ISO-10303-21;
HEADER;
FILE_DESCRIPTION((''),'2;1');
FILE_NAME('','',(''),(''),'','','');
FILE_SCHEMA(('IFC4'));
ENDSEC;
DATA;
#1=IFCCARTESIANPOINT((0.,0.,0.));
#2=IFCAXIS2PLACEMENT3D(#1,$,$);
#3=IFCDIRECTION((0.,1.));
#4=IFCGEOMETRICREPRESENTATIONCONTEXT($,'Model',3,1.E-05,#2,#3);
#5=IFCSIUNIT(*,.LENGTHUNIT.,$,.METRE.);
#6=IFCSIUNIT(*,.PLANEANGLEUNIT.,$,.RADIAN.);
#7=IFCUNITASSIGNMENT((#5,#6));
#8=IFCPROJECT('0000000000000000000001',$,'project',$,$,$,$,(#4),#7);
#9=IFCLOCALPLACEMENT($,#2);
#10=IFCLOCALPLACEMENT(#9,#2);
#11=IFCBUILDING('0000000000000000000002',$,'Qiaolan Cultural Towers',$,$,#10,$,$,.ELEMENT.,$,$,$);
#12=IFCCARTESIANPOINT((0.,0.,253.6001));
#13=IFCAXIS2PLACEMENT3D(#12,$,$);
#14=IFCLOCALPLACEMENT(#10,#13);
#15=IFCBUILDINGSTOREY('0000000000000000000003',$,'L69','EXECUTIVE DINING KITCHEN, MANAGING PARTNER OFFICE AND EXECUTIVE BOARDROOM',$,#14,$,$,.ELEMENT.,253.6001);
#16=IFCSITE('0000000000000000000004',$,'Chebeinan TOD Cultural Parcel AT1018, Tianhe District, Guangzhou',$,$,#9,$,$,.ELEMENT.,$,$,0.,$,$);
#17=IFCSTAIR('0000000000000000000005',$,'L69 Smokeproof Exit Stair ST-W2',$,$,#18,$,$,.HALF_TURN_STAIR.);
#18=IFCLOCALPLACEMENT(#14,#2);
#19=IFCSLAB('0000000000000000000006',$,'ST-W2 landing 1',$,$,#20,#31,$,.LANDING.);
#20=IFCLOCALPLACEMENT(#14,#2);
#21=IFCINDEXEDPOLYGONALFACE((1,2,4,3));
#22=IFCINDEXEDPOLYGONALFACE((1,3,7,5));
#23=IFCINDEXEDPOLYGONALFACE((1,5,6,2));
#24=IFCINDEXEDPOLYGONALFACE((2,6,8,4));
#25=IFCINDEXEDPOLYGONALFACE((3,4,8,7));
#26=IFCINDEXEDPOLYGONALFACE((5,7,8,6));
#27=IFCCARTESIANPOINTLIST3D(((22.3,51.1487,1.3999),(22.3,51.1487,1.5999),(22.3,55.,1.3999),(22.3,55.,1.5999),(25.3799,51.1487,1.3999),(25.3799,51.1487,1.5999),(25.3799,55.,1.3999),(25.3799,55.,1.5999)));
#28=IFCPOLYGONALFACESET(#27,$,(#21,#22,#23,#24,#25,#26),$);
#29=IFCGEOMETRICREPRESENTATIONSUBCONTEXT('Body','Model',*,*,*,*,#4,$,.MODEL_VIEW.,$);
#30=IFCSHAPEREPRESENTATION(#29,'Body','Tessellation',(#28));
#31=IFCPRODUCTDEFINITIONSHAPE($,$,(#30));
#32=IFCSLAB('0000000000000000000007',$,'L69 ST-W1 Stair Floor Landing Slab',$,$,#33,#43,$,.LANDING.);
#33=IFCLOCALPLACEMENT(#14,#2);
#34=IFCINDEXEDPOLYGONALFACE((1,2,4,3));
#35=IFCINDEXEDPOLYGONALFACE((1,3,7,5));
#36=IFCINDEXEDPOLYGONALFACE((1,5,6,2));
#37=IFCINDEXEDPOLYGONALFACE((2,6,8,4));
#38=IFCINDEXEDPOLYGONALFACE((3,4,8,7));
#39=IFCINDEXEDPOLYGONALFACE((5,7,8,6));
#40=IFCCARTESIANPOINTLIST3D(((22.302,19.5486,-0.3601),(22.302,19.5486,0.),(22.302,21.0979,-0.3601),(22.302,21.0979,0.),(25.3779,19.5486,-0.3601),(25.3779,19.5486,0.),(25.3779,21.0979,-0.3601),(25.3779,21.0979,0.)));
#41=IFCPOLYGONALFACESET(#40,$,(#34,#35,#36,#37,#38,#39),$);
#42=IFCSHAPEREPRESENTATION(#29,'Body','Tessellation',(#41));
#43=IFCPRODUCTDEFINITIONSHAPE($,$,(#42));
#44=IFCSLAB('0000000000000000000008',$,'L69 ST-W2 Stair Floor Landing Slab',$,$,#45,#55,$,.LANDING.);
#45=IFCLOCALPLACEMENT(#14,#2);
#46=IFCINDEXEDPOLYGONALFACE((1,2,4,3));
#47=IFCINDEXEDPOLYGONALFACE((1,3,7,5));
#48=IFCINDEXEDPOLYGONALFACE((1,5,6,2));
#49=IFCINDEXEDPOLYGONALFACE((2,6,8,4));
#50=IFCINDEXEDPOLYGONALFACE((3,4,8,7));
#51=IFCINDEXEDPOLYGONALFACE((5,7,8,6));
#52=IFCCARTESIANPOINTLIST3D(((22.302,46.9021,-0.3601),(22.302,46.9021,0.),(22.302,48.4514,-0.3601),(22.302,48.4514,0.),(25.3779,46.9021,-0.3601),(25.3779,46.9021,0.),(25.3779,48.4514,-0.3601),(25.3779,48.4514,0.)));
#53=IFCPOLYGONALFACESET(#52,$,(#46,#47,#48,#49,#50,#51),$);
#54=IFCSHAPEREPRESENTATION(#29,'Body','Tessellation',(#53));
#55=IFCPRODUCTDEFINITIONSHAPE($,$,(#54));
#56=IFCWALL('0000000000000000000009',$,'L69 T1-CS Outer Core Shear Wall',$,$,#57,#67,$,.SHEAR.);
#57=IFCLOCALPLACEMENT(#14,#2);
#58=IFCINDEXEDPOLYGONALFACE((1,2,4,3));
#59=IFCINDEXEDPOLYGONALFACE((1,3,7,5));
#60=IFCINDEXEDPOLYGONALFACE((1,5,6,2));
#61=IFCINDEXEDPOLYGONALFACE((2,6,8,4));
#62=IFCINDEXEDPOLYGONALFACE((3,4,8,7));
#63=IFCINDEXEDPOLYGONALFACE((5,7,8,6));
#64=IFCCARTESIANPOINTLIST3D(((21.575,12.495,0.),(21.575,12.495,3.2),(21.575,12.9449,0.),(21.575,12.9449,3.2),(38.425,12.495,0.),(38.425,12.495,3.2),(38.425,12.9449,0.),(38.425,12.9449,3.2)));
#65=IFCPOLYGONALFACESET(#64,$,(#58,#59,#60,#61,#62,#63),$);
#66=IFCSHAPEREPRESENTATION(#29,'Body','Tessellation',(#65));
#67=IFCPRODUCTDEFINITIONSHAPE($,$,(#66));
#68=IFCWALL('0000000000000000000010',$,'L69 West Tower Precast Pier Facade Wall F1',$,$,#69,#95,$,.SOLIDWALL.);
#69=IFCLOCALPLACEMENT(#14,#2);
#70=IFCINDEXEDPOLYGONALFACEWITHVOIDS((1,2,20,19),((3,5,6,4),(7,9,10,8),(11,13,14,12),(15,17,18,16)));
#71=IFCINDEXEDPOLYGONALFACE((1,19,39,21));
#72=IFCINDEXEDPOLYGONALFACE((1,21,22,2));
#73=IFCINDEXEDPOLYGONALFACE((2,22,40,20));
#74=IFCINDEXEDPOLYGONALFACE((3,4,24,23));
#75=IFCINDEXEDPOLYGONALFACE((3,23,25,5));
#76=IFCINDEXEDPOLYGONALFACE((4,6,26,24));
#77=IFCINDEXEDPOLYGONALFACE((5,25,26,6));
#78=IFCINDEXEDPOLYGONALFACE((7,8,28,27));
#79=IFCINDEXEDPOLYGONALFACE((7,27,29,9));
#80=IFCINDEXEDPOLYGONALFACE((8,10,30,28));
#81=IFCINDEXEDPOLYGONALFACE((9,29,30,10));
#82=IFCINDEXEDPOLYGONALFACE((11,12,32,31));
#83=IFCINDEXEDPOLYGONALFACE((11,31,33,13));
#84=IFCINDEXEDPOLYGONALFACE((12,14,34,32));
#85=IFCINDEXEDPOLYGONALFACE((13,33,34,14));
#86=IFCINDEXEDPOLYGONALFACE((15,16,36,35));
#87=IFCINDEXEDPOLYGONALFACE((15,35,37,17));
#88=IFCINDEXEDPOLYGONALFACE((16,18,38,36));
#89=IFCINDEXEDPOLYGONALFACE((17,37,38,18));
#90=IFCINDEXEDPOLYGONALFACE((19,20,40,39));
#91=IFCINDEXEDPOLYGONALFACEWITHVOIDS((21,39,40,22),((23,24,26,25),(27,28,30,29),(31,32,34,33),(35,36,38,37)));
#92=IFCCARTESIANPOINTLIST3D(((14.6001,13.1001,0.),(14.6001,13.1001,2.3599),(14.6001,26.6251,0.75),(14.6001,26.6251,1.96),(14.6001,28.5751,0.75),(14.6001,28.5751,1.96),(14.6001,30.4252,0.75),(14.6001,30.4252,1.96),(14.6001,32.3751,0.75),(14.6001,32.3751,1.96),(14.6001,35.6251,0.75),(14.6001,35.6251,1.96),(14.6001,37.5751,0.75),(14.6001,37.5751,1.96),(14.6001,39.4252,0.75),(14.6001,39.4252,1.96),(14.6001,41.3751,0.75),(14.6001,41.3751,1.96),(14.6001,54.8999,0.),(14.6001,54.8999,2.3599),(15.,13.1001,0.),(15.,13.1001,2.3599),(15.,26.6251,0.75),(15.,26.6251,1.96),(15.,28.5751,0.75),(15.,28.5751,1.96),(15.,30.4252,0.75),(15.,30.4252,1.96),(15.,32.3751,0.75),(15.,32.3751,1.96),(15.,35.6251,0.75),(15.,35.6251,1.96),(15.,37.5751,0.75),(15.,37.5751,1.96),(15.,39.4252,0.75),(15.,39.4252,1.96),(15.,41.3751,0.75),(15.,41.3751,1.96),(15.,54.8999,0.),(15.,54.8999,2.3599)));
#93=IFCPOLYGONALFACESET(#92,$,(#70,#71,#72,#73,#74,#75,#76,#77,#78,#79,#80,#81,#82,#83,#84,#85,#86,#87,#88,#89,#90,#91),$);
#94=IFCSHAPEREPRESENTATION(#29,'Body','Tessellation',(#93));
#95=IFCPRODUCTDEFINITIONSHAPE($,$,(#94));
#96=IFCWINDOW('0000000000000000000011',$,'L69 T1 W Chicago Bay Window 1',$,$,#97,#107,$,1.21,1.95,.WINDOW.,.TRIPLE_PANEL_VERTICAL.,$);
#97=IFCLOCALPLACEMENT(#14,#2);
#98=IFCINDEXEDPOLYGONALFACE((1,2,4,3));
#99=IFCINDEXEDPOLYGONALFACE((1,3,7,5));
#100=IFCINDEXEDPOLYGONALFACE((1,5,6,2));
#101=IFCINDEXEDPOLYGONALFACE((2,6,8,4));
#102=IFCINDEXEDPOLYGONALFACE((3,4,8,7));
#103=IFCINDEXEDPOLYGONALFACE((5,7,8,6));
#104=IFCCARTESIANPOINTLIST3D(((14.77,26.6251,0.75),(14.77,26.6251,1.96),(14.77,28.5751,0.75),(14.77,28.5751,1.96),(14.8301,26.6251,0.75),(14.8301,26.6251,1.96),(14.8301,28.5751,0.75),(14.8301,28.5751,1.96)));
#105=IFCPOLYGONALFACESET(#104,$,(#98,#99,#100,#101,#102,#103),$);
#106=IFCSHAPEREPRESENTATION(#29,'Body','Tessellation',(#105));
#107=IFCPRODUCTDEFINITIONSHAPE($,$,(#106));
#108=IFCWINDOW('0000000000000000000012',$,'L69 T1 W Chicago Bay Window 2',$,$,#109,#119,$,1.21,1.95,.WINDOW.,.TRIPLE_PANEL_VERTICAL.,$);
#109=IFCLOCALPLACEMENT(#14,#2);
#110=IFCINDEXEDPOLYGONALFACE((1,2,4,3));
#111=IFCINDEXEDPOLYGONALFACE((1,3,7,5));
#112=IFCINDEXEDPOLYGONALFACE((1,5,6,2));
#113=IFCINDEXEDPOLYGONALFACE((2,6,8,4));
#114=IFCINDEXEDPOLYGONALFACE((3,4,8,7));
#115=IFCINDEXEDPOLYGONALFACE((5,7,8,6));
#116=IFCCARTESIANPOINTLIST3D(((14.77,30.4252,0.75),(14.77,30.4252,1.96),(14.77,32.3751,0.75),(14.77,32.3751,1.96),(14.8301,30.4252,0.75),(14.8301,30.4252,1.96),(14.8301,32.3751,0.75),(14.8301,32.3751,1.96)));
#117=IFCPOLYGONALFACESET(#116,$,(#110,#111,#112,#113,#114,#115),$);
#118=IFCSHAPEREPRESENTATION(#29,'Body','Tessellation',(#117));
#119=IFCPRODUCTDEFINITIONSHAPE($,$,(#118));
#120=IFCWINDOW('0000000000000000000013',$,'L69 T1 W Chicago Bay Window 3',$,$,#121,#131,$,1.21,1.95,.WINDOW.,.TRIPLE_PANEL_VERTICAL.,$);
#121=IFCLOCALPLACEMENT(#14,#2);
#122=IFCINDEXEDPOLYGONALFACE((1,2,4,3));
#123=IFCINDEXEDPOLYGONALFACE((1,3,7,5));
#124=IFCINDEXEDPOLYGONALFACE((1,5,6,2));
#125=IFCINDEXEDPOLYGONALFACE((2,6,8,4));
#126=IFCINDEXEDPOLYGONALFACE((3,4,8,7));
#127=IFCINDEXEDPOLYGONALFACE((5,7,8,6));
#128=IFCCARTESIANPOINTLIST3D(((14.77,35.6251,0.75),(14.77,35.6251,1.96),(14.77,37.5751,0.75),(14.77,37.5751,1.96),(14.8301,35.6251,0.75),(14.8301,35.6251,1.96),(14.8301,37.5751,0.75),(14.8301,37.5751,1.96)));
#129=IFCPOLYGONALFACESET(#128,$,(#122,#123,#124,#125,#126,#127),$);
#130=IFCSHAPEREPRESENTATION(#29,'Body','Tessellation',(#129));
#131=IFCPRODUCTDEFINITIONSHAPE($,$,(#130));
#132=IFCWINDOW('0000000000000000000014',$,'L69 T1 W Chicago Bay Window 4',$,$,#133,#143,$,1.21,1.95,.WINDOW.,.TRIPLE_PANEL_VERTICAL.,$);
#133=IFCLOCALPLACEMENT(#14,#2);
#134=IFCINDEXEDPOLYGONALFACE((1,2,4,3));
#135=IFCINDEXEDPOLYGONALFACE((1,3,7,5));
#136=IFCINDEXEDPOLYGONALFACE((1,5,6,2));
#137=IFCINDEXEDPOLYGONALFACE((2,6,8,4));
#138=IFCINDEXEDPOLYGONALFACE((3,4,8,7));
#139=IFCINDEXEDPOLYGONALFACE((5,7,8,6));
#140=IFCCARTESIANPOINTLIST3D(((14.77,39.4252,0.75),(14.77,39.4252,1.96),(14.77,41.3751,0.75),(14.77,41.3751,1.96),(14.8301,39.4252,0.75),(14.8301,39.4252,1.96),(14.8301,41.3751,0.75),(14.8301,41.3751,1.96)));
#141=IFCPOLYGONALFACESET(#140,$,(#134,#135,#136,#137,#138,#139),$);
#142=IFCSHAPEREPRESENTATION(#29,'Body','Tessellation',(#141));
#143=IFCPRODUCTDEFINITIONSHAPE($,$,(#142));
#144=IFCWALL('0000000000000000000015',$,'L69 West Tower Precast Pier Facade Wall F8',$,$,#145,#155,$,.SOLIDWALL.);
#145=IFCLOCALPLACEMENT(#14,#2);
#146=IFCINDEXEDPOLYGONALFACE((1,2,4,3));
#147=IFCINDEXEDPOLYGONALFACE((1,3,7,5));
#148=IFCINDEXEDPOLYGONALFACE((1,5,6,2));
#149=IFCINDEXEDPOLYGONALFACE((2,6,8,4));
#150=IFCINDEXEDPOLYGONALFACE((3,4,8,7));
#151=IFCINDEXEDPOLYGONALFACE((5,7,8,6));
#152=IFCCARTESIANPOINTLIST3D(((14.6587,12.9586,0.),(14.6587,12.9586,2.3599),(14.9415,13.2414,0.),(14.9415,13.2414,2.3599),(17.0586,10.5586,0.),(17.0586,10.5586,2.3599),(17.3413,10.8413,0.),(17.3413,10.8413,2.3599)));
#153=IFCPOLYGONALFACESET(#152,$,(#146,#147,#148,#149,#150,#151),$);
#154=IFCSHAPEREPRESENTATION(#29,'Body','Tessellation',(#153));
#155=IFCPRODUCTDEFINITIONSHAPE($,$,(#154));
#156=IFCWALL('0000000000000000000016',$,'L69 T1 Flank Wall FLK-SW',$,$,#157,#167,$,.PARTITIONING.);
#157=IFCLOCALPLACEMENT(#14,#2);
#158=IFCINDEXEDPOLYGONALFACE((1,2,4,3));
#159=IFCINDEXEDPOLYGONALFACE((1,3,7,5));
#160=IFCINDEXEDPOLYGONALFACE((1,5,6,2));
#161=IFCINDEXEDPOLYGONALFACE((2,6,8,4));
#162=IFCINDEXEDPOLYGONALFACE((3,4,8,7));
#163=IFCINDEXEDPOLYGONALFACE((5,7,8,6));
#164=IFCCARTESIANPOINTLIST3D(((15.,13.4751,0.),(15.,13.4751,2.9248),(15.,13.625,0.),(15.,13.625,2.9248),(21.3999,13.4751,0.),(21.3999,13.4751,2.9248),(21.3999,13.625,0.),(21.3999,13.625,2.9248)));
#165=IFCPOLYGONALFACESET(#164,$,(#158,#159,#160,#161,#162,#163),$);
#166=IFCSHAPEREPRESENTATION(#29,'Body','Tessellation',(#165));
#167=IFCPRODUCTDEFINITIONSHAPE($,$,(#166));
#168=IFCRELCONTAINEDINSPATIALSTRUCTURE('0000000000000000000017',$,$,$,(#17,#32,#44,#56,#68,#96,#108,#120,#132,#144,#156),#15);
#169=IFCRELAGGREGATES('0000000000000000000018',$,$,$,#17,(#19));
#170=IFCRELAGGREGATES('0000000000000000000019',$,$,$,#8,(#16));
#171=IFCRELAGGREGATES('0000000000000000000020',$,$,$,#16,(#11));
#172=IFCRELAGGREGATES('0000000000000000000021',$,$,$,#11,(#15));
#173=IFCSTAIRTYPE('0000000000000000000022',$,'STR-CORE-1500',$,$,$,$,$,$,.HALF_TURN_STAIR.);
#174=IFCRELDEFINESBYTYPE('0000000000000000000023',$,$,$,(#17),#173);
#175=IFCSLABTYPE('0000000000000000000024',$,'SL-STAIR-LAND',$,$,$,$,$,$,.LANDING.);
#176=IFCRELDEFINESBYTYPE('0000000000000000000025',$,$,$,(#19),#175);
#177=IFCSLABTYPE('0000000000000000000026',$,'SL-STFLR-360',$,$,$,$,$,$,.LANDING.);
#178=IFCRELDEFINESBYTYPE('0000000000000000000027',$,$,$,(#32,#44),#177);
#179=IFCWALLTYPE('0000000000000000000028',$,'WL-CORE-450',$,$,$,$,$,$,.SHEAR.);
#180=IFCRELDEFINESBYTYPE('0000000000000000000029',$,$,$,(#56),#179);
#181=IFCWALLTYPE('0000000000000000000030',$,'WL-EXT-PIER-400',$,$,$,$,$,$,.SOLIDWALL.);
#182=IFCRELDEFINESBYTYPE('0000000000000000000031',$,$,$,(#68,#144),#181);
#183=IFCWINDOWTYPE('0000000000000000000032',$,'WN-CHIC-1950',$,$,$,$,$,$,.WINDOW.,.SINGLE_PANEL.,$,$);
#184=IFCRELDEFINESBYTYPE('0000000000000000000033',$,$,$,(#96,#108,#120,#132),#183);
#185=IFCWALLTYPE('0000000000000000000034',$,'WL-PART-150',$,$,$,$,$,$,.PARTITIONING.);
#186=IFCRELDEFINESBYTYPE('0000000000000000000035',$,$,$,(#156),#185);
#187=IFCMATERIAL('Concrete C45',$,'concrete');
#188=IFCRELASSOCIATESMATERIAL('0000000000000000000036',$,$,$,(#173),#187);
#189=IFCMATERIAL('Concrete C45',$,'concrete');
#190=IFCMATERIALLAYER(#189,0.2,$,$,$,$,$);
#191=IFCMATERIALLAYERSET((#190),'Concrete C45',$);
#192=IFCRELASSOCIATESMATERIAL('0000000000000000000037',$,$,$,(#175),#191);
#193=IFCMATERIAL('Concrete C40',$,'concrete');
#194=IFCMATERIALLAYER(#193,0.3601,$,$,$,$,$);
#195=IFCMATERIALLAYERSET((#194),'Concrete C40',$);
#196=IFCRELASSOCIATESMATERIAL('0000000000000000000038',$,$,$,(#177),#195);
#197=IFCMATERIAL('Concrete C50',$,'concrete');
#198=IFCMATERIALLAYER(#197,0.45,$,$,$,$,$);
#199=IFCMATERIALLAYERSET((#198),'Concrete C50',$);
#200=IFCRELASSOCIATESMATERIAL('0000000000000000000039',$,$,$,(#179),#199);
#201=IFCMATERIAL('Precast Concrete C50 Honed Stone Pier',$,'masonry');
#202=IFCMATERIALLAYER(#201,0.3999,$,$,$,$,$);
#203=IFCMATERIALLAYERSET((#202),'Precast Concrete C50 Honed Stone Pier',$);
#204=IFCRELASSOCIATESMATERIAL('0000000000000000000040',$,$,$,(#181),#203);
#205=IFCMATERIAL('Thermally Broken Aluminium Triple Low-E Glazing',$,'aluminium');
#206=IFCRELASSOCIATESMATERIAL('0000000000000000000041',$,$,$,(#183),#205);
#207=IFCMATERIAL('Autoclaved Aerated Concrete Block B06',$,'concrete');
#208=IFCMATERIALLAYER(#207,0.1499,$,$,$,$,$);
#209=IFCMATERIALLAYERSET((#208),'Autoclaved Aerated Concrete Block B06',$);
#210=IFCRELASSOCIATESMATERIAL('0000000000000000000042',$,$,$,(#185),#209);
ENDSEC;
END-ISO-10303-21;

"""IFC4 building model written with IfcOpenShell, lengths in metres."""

from ifc_helpers import new_model, si_unit, direction, frame, frame_2d, origin, place, context, subcontext, project, spatial, polyline, rectangle, outline, extrude, material, layer, layer_set, type_object, element, fill, aggregate, save


model = new_model("IFC4")

# Units and contexts
model_context = context("Model", 3, precision=1e-05, world=origin(), true_north=direction((0.0, 1.0)))
body_context = subcontext(model_context, "Body", "Model", "MODEL_VIEW")
ifc_project = project(units=[si_unit("LENGTHUNIT", "METRE"), si_unit("PLANEANGLEUNIT", "RADIAN")], contexts=[model_context])

# Site, building, storey
site_placement = place(None, origin())
site = spatial("IfcSite", under=ifc_project, at=site_placement, Name="Chebeinan TOD Cultural Parcel AT1018, Tianhe District, Guangzhou", CompositionType="ELEMENT", RefElevation=0.0)
building_placement = place(site_placement, origin())
building = spatial("IfcBuilding", under=site, at=building_placement, Name="Qiaolan Cultural Towers", CompositionType="ELEMENT")
storey_placement = place(building_placement, frame((0.0, 0.0, 253.6001)))
storey = spatial("IfcBuildingStorey", under=building, at=storey_placement, Name="L69", Description="EXECUTIVE DINING KITCHEN, MANAGING PARTNER OFFICE AND EXECUTIVE BOARDROOM", CompositionType="ELEMENT", Elevation=253.6001)

# Stair, slab
ifc_material_1 = material(Name="Concrete C45", Category="concrete")
stair_type = type_object("IfcStairType", Name="STR-CORE-1500", PredefinedType="HALF_TURN_STAIR", material=ifc_material_1)
ifc_material_2 = material(Name="Concrete C45", Category="concrete")
ifc_layer_1 = layer(ifc_material_2, 0.2)
ifc_layer_set_1 = layer_set([ifc_layer_1], Name="Concrete C45")
slab_type_1 = type_object("IfcSlabType", Name="SL-STAIR-LAND", PredefinedType="LANDING", material=ifc_layer_set_1)
stair_1_placement = place(storey_placement, origin())
stair_1 = element("IfcStair", 1, at=stair_1_placement, inside=storey, type_object=stair_type, Name="L69 Smokeproof Exit Stair ST-W2", PredefinedType="HALF_TURN_STAIR")
slab_1_placement = place(storey_placement, frame((0.0, 0.0, 1.3999)))
slab_1 = element("IfcSlab", 2, at=slab_1_placement, type_object=slab_type_1, Name="ST-W2 landing 1", PredefinedType="LANDING", context=body_context, shape_type="SweptSolid", body=[
    extrude(outline(polyline([(25.3799, 51.1487), (25.3799, 55.0), (22.3, 55.0), (22.3, 51.1487), (25.3799, 51.1487)])), origin(), (0.0, 0.0, 1.0), 0.2),
])
aggregate(stair_1, [slab_1])

# Slabs
ifc_material_3 = material(Name="Concrete C40", Category="concrete")
ifc_layer_2 = layer(ifc_material_3, 0.3601)
ifc_layer_set_2 = layer_set([ifc_layer_2], Name="Concrete C40")
slab_type_2 = type_object("IfcSlabType", Name="SL-STFLR-360", PredefinedType="LANDING", material=ifc_layer_set_2)
slab_2_placement = place(storey_placement, frame((0.0, 0.0, -0.3601)))
element("IfcSlab", 3, at=slab_2_placement, inside=storey, type_object=slab_type_2, Name="L69 ST-W1 Stair Floor Landing Slab", PredefinedType="LANDING", context=body_context, shape_type="SweptSolid", body=[
    extrude(outline(polyline([(22.302, 21.0979), (22.302, 19.5486), (25.3779, 19.5486), (25.3779, 21.0979), (22.302, 21.0979)])), origin(), (0.0, 0.0, 1.0), 0.3601),
])
slab_3_placement = place(storey_placement, frame((0.0, 0.0, -0.3601)))
element("IfcSlab", 4, at=slab_3_placement, inside=storey, type_object=slab_type_2, Name="L69 ST-W2 Stair Floor Landing Slab", PredefinedType="LANDING", context=body_context, shape_type="SweptSolid", body=[
    extrude(outline(polyline([(25.3779, 46.9021), (25.3779, 48.4514), (22.302, 48.4514), (22.302, 46.9021), (25.3779, 46.9021)])), origin(), (0.0, 0.0, 1.0), 0.3601),
])

# Wall
ifc_material_4 = material(Name="Concrete C50", Category="concrete")
ifc_layer_3 = layer(ifc_material_4, 0.45)
ifc_layer_set_3 = layer_set([ifc_layer_3], Name="Concrete C50")
wall_type_1 = type_object("IfcWallType", Name="WL-CORE-450", PredefinedType="SHEAR", material=ifc_layer_set_3)
wall_1_placement = place(storey_placement, frame((21.575, 12.72, 0.0), z_axis=(0.0, 0.0, 1.0), x_axis=(1.0, 0.0, 0.0)))
element("IfcWall", 5, at=wall_1_placement, inside=storey, type_object=wall_type_1, Name="L69 T1-CS Outer Core Shear Wall", PredefinedType="SHEAR", context=body_context, shape_type="SweptSolid", body=[
    extrude(rectangle(XDim=16.8501, YDim=0.45, at=frame_2d((8.425, 0.0))), origin(), (0.0, 0.0, 1.0), 3.2),
])

# Wall, openings, windows
ifc_material_5 = material(Name="Precast Concrete C50 Honed Stone Pier", Category="masonry")
ifc_layer_4 = layer(ifc_material_5, 0.3999)
ifc_layer_set_4 = layer_set([ifc_layer_4], Name="Precast Concrete C50 Honed Stone Pier")
wall_type_2 = type_object("IfcWallType", Name="WL-EXT-PIER-400", PredefinedType="SOLIDWALL", material=ifc_layer_set_4)
wall_2_placement = place(storey_placement, frame((14.8, 13.1001, 0.0), z_axis=(0.0, 0.0, 1.0), x_axis=(0.0, 1.0, 0.0)))
wall_2 = element("IfcWall", 6, at=wall_2_placement, inside=storey, type_object=wall_type_2, Name="L69 West Tower Precast Pier Facade Wall F1", PredefinedType="SOLIDWALL", context=body_context, shape_type="SweptSolid", body=[
    extrude(rectangle(XDim=41.7998, YDim=0.3999, at=frame_2d((20.8999, 0.0))), origin(), (0.0, 0.0, 1.0), 2.3599),
])
opening_1_placement = place(wall_2_placement, frame((13.5249, 0.0, 0.75)))
opening_1 = element("IfcOpeningElement", 7, at=opening_1_placement, cuts=wall_2, PredefinedType="OPENING", context=body_context, shape_type="SweptSolid", body=[
    extrude(rectangle(XDim=1.95, YDim=1.21, at=frame_2d((0.9751, 0.605))), frame((0.0, 0.21, 0.0), z_axis=(0.0, -1.0, 0.0), x_axis=(1.0, 0.0, 0.0)), (0.0, 0.0, 1.0), 0.4199),
])
opening_2_placement = place(wall_2_placement, frame((17.325, 0.0, 0.75)))
opening_2 = element("IfcOpeningElement", 8, at=opening_2_placement, cuts=wall_2, PredefinedType="OPENING", context=body_context, shape_type="SweptSolid", body=[
    extrude(rectangle(XDim=1.95, YDim=1.21, at=frame_2d((0.9751, 0.605))), frame((0.0, 0.21, 0.0), z_axis=(0.0, -1.0, 0.0), x_axis=(1.0, 0.0, 0.0)), (0.0, 0.0, 1.0), 0.4199),
])
opening_3_placement = place(wall_2_placement, frame((22.5249, 0.0, 0.75)))
opening_3 = element("IfcOpeningElement", 9, at=opening_3_placement, cuts=wall_2, PredefinedType="OPENING", context=body_context, shape_type="SweptSolid", body=[
    extrude(rectangle(XDim=1.95, YDim=1.21, at=frame_2d((0.9751, 0.605))), frame((0.0, 0.21, 0.0), z_axis=(0.0, -1.0, 0.0), x_axis=(1.0, 0.0, 0.0)), (0.0, 0.0, 1.0), 0.4199),
])
opening_4_placement = place(wall_2_placement, frame((26.325, 0.0, 0.75)))
opening_4 = element("IfcOpeningElement", 10, at=opening_4_placement, cuts=wall_2, PredefinedType="OPENING", context=body_context, shape_type="SweptSolid", body=[
    extrude(rectangle(XDim=1.95, YDim=1.21, at=frame_2d((0.9751, 0.605))), frame((0.0, 0.21, 0.0), z_axis=(0.0, -1.0, 0.0), x_axis=(1.0, 0.0, 0.0)), (0.0, 0.0, 1.0), 0.4199),
])
ifc_material_6 = material(Name="Thermally Broken Aluminium Triple Low-E Glazing", Category="aluminium")
window_type = type_object("IfcWindowType", Name="WN-CHIC-1950", PartitioningType="SINGLE_PANEL", PredefinedType="WINDOW", material=ifc_material_6)
window_1_placement = place(opening_1_placement, origin())
window_1 = element("IfcWindow", 11, at=window_1_placement, inside=storey, type_object=window_type, Name="L69 T1 W Chicago Bay Window 1", OverallHeight=1.21, OverallWidth=1.95, PartitioningType="TRIPLE_PANEL_VERTICAL", PredefinedType="WINDOW", context=body_context, shape_type="SweptSolid", body=[
    extrude(rectangle(XDim=1.95, YDim=1.21, at=frame_2d((0.9751, 0.605))), frame((0.0, 0.03, 0.0), z_axis=(0.0, -1.0, 0.0), x_axis=(1.0, 0.0, 0.0)), (0.0, 0.0, 1.0), 0.0601),
])
fill(opening_1, window_1)
window_2_placement = place(opening_2_placement, origin())
window_2 = element("IfcWindow", 12, at=window_2_placement, inside=storey, type_object=window_type, Name="L69 T1 W Chicago Bay Window 2", OverallHeight=1.21, OverallWidth=1.95, PartitioningType="TRIPLE_PANEL_VERTICAL", PredefinedType="WINDOW", context=body_context, shape_type="SweptSolid", body=[
    extrude(rectangle(XDim=1.95, YDim=1.21, at=frame_2d((0.9751, 0.605))), frame((0.0, 0.03, 0.0), z_axis=(0.0, -1.0, 0.0), x_axis=(1.0, 0.0, 0.0)), (0.0, 0.0, 1.0), 0.0601),
])
fill(opening_2, window_2)
window_3_placement = place(opening_3_placement, origin())
window_3 = element("IfcWindow", 13, at=window_3_placement, inside=storey, type_object=window_type, Name="L69 T1 W Chicago Bay Window 3", OverallHeight=1.21, OverallWidth=1.95, PartitioningType="TRIPLE_PANEL_VERTICAL", PredefinedType="WINDOW", context=body_context, shape_type="SweptSolid", body=[
    extrude(rectangle(XDim=1.95, YDim=1.21, at=frame_2d((0.9751, 0.605))), frame((0.0, 0.03, 0.0), z_axis=(0.0, -1.0, 0.0), x_axis=(1.0, 0.0, 0.0)), (0.0, 0.0, 1.0), 0.0601),
])
fill(opening_3, window_3)
window_4_placement = place(opening_4_placement, origin())
window_4 = element("IfcWindow", 14, at=window_4_placement, inside=storey, type_object=window_type, Name="L69 T1 W Chicago Bay Window 4", OverallHeight=1.21, OverallWidth=1.95, PartitioningType="TRIPLE_PANEL_VERTICAL", PredefinedType="WINDOW", context=body_context, shape_type="SweptSolid", body=[
    extrude(rectangle(XDim=1.95, YDim=1.21, at=frame_2d((0.9751, 0.605))), frame((0.0, 0.03, 0.0), z_axis=(0.0, -1.0, 0.0), x_axis=(1.0, 0.0, 0.0)), (0.0, 0.0, 1.0), 0.0601),
])
fill(opening_4, window_4)

# Walls
wall_3_placement = place(storey_placement, frame((17.2, 10.7, 0.0), z_axis=(0.0, 0.0, 1.0), x_axis=(-0.707071, 0.707143, 0.0)))
element("IfcWall", 15, at=wall_3_placement, inside=storey, type_object=wall_type_2, Name="L69 West Tower Precast Pier Facade Wall F8", PredefinedType="SOLIDWALL", context=body_context, shape_type="SweptSolid", body=[
    extrude(rectangle(XDim=3.394, YDim=0.3999, at=frame_2d((1.697, 0.0))), origin(), (0.0, 0.0, 1.0), 2.3599),
])
ifc_material_7 = material(Name="Autoclaved Aerated Concrete Block B06", Category="concrete")
ifc_layer_5 = layer(ifc_material_7, 0.1499)
ifc_layer_set_5 = layer_set([ifc_layer_5], Name="Autoclaved Aerated Concrete Block B06")
wall_type_3 = type_object("IfcWallType", Name="WL-PART-150", PredefinedType="PARTITIONING", material=ifc_layer_set_5)
wall_4_placement = place(storey_placement, frame((15.0, 13.55, 0.0), z_axis=(0.0, 0.0, 1.0), x_axis=(1.0, 0.0, 0.0)))
element("IfcWall", 16, at=wall_4_placement, inside=storey, type_object=wall_type_3, Name="L69 T1 Flank Wall FLK-SW", PredefinedType="PARTITIONING", context=body_context, shape_type="SweptSolid", body=[
    extrude(rectangle(XDim=6.3999, YDim=0.1499, at=frame_2d((3.2, 0.0))), origin(), (0.0, 0.0, 1.0), 2.9248),
])

save(model, "model.ifc")
